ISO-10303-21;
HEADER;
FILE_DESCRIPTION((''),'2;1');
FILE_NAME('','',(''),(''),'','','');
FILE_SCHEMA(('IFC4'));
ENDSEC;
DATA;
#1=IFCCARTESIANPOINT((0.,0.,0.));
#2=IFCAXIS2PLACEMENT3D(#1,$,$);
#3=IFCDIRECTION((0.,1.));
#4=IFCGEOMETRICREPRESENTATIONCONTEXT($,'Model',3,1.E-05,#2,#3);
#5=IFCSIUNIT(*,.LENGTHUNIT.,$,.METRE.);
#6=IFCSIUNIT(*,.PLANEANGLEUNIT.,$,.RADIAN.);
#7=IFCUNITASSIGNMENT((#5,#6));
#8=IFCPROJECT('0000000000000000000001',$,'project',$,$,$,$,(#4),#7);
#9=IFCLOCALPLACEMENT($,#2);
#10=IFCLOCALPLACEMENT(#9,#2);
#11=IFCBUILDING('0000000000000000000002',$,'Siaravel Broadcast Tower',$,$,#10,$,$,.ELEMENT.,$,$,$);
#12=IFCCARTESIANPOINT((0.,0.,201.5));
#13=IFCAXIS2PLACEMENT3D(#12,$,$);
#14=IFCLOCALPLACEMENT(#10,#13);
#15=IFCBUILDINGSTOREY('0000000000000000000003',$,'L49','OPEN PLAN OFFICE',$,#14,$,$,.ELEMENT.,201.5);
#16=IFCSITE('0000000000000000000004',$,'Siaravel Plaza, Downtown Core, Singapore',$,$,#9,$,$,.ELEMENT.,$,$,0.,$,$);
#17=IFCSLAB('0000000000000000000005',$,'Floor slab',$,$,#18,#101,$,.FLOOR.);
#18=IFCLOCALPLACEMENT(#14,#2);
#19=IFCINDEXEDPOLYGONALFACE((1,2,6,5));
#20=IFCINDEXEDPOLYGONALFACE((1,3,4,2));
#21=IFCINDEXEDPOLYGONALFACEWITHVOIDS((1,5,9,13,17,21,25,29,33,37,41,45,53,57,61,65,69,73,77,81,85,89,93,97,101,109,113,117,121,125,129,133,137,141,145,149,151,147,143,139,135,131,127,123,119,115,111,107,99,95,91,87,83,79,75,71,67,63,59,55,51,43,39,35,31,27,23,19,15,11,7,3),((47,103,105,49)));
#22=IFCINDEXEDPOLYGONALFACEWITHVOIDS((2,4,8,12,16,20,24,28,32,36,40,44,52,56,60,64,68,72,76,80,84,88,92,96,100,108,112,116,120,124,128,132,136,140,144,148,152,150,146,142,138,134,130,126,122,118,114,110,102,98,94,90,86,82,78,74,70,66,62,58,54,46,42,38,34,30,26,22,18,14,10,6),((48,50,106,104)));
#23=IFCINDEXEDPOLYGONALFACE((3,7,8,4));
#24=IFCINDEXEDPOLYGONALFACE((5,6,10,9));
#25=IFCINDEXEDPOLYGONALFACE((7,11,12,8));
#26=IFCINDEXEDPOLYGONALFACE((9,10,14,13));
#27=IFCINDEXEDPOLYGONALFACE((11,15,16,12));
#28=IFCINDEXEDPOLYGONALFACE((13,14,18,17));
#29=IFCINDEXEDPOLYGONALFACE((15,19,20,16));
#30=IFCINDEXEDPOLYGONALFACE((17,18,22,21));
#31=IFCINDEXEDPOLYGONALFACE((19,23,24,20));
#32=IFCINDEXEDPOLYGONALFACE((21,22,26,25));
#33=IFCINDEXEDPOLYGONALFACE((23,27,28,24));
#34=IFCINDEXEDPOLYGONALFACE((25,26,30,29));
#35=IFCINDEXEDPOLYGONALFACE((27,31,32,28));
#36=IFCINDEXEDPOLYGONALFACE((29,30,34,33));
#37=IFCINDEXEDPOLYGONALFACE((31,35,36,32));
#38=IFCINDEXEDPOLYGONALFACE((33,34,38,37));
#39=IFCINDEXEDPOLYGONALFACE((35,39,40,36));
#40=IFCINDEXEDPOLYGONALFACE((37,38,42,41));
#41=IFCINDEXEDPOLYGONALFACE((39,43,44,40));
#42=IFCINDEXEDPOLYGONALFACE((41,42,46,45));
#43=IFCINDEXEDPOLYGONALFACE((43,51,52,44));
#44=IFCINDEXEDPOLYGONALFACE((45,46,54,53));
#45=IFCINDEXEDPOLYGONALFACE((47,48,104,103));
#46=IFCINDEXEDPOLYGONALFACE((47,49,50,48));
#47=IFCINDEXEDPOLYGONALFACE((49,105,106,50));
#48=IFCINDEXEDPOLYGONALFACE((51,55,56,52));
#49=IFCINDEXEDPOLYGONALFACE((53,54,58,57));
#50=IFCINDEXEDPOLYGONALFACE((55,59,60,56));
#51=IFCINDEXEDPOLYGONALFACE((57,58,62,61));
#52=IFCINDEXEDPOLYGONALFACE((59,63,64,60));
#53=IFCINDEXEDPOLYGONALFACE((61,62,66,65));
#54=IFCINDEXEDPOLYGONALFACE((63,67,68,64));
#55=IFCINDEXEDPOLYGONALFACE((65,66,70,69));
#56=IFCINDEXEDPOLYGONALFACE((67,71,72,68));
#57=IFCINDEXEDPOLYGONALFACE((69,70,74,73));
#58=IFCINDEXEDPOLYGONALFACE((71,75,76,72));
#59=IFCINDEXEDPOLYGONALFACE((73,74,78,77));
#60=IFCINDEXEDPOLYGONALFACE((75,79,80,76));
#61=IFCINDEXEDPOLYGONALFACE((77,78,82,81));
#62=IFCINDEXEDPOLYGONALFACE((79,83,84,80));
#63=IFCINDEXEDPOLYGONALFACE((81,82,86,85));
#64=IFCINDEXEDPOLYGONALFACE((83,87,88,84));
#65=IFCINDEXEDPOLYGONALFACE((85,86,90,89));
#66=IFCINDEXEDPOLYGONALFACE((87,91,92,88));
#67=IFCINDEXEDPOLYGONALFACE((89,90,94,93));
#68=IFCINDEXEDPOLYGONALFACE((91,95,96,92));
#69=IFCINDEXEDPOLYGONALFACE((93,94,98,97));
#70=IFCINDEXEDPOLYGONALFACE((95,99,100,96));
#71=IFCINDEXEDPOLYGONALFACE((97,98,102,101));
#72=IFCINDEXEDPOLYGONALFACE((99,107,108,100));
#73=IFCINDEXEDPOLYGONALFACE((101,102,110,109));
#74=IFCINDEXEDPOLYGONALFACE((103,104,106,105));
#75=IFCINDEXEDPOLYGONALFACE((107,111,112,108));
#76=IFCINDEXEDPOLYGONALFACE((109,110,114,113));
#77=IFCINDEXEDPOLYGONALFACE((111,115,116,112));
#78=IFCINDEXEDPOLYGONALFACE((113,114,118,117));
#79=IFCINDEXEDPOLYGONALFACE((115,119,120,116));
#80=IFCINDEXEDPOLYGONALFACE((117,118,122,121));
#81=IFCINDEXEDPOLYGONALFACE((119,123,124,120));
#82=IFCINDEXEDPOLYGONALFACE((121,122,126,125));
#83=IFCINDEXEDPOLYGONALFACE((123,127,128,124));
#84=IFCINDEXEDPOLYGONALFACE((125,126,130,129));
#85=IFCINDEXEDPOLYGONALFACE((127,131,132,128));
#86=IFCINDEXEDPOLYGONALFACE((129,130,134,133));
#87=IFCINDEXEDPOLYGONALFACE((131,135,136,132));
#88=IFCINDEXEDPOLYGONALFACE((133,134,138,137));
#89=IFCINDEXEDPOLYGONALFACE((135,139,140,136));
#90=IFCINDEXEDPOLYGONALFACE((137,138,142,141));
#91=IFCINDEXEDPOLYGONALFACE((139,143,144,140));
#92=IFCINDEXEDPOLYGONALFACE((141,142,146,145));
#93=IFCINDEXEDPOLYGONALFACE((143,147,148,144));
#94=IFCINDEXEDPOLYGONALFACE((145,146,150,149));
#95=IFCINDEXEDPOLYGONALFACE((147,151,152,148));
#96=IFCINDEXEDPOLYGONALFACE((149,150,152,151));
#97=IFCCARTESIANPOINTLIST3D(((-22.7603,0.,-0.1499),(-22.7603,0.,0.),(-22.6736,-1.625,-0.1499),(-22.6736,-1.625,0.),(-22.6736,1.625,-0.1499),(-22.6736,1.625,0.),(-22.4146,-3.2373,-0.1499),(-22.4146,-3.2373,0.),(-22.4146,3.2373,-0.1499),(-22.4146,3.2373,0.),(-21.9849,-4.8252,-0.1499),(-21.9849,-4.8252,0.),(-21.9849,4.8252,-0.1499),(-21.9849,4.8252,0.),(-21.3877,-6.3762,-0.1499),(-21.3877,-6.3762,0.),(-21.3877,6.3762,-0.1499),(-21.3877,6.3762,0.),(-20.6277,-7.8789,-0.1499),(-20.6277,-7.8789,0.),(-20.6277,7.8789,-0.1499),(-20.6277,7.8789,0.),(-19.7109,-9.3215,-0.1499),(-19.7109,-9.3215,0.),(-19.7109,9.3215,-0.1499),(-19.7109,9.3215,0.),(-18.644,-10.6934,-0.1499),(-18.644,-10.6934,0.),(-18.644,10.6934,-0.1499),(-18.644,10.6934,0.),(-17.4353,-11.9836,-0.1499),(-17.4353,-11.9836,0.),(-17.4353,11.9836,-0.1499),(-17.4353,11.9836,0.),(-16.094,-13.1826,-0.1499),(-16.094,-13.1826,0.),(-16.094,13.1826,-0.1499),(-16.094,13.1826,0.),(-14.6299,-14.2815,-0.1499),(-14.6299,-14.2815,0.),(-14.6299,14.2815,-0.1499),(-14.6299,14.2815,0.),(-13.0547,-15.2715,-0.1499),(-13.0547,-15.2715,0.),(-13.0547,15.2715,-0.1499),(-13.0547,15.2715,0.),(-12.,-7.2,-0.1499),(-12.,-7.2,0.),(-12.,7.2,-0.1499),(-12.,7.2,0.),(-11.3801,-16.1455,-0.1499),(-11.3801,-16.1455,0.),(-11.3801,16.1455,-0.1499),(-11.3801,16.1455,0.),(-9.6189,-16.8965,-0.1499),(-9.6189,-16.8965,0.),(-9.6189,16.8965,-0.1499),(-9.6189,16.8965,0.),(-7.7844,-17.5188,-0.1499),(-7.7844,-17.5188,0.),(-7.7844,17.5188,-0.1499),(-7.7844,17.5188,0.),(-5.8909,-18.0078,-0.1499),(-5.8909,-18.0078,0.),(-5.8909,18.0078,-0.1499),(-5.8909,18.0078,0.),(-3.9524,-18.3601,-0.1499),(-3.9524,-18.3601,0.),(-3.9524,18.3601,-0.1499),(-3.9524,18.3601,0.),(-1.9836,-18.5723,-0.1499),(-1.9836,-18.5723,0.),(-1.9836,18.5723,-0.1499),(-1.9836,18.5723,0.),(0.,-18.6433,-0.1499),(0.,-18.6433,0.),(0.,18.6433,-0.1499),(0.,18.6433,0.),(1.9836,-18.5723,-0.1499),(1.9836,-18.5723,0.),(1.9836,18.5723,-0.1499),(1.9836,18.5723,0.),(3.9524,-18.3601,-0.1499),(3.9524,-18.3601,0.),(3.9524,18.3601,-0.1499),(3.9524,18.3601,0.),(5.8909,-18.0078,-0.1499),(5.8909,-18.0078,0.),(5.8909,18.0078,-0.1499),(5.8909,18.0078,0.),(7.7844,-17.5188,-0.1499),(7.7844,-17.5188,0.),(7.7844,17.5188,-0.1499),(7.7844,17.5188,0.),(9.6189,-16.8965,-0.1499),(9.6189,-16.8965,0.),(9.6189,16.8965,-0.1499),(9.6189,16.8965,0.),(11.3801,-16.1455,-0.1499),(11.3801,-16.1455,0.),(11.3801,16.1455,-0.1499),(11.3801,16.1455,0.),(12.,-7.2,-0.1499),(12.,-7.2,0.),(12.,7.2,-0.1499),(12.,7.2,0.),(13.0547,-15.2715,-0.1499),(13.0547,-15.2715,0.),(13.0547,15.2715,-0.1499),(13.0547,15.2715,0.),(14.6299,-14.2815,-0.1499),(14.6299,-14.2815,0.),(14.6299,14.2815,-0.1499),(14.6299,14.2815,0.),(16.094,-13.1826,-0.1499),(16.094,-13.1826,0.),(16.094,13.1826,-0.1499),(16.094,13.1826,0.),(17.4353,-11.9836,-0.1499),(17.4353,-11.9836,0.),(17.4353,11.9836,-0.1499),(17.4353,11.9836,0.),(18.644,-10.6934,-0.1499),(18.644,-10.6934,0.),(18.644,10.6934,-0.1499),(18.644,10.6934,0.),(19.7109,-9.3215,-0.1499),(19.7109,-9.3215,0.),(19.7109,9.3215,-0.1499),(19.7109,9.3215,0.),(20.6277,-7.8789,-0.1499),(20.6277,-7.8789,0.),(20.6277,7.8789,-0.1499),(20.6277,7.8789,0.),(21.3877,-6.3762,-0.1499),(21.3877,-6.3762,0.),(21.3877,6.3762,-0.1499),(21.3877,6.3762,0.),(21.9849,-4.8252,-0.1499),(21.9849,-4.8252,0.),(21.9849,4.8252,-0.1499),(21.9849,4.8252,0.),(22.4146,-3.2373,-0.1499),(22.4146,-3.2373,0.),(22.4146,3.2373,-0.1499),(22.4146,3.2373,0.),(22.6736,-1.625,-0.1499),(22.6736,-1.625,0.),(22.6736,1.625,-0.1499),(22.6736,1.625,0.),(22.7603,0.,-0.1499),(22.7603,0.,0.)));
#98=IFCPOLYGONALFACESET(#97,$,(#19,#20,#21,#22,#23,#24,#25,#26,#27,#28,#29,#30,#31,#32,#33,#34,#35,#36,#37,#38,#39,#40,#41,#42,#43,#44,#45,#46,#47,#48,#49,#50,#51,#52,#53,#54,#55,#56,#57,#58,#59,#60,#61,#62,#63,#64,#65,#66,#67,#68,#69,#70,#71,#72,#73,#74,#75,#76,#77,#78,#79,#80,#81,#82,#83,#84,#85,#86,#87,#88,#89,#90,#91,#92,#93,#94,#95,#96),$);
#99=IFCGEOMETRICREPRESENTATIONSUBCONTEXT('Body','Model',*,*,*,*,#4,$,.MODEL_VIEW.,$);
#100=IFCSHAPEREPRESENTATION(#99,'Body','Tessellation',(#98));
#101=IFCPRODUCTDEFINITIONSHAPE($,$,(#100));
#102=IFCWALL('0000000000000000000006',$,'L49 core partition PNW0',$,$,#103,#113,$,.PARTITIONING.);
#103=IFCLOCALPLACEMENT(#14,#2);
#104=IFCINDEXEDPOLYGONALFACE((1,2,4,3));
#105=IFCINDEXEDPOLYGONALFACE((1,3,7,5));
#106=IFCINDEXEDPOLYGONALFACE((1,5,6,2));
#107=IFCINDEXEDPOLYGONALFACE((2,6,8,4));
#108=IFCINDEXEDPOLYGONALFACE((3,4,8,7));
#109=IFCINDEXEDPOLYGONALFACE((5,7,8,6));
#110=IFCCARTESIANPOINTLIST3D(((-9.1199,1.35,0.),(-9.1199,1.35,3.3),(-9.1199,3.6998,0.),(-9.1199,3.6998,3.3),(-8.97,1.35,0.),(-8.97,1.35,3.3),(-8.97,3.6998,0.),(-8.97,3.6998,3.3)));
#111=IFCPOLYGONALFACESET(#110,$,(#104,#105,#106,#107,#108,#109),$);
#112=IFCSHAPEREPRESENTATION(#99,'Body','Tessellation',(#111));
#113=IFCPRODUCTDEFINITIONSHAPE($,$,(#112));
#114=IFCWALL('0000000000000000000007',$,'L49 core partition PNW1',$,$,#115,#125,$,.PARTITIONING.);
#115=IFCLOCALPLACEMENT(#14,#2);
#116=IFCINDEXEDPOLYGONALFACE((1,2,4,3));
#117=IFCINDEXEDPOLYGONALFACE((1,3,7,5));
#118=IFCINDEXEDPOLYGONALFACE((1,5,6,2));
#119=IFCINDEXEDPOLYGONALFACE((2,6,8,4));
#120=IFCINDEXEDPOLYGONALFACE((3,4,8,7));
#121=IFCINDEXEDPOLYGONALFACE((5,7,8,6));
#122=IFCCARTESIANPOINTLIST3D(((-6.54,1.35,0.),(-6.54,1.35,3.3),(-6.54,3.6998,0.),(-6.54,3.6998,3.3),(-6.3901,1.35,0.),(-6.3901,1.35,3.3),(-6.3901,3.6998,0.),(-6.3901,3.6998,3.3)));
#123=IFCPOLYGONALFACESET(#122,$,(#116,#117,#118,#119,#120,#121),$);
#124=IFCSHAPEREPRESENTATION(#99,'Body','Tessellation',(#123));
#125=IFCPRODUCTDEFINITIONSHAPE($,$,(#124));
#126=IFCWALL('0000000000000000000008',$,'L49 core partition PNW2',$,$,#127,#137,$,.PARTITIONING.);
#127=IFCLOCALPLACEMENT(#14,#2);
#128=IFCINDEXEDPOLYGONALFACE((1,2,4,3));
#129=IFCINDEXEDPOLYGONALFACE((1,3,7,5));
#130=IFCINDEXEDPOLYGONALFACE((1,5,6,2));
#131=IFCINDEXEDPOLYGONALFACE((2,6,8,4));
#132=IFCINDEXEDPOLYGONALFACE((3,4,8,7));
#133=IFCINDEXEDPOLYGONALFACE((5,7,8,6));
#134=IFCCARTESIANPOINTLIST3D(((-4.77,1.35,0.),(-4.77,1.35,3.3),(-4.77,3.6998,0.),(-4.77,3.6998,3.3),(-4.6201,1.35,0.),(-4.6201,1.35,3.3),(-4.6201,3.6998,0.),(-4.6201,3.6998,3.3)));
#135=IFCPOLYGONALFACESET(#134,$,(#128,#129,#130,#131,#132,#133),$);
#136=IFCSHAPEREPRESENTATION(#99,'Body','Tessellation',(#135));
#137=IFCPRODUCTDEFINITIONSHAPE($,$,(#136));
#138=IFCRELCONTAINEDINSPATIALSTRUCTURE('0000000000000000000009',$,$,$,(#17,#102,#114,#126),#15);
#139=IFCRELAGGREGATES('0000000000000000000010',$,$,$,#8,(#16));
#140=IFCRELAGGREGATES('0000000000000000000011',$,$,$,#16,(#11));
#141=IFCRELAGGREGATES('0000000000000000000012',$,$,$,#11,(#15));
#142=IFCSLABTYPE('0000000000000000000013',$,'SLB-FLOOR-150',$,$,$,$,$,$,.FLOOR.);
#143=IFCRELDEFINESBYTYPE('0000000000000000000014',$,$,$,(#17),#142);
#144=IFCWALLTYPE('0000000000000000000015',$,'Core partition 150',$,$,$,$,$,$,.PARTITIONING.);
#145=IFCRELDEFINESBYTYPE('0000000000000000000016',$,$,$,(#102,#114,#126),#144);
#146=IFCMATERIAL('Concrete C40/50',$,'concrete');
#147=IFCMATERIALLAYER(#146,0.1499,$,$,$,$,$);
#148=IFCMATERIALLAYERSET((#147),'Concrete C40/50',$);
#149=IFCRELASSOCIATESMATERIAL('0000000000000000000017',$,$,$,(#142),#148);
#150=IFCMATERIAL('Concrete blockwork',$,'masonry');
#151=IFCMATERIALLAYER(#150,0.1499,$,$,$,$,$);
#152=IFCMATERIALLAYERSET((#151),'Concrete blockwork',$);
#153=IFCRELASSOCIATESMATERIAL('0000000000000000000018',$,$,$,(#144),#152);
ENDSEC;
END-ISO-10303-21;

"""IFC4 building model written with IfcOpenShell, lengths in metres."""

from ifc_helpers import new_model, si_unit, direction, frame, frame_2d, origin, place, context, subcontext, project, spatial, polyline, rectangle, outline, extrude, material, layer, layer_set, type_object, element, save


model = new_model("IFC4")

# Units and contexts
model_context = context("Model", 3, precision=1e-05, world=origin(), true_north=direction((0.0, 1.0)))
body_context = subcontext(model_context, "Body", "Model", "MODEL_VIEW")
ifc_project = project(units=[si_unit("LENGTHUNIT", "METRE"), si_unit("PLANEANGLEUNIT", "RADIAN")], contexts=[model_context])

# Site, building, storey
site_placement = place(None, origin())
site = spatial("IfcSite", under=ifc_project, at=site_placement, Name="Siaravel Plaza, Downtown Core, Singapore", CompositionType="ELEMENT", RefElevation=0.0)
building_placement = place(site_placement, origin())
building = spatial("IfcBuilding", under=site, at=building_placement, Name="Siaravel Broadcast Tower", CompositionType="ELEMENT")
storey_placement = place(building_placement, frame((0.0, 0.0, 201.5)))
storey = spatial("IfcBuildingStorey", under=building, at=storey_placement, Name="L49", Description="OPEN PLAN OFFICE", CompositionType="ELEMENT", Elevation=201.5)

# Slab
ifc_material_1 = material(Name="Concrete C40/50", Category="concrete")
ifc_layer_1 = layer(ifc_material_1, 0.1499)
ifc_layer_set_1 = layer_set([ifc_layer_1], Name="Concrete C40/50")
slab_type = type_object("IfcSlabType", Name="SLB-FLOOR-150", PredefinedType="FLOOR", material=ifc_layer_set_1)
slab_placement = place(storey_placement, frame((0.0, 0.0, -0.1499)))
element("IfcSlab", 1, at=slab_placement, inside=storey, type_object=slab_type, Name="Floor slab", PredefinedType="FLOOR", context=body_context, shape_type="SweptSolid", body=[
    extrude(outline(polyline([(22.7603, 0.0), (22.6736, 1.625), (22.4146, 3.2373), (21.9849, 4.8252), (21.3877, 6.3762), (20.6277, 7.8789), (19.7109, 9.3215), (18.644, 10.6934), (17.4353, 11.9836), (16.094, 13.1826), (14.6299, 14.2815), (13.0547, 15.2715), (11.3801, 16.1455), (9.6189, 16.8965), (7.7844, 17.5188), (5.8909, 18.0078), (3.9524, 18.3601), (1.9836, 18.5723), (0.0, 18.6433), (-1.9836, 18.5723), (-3.9524, 18.3601), (-5.8909, 18.0078), (-7.7844, 17.5188), (-9.6189, 16.8965), (-11.3801, 16.1455), (-13.0547, 15.2715), (-14.6299, 14.2815), (-16.094, 13.1826), (-17.4353, 11.9836), (-18.644, 10.6934), (-19.7109, 9.3215), (-20.6277, 7.8789), (-21.3877, 6.3762), (-21.9849, 4.8252), (-22.4146, 3.2373), (-22.6736, 1.625), (-22.7603, 0.0), (-22.6736, -1.625), (-22.4146, -3.2373), (-21.9849, -4.8252), (-21.3877, -6.3762), (-20.6277, -7.8789), (-19.7109, -9.3215), (-18.644, -10.6934), (-17.4353, -11.9836), (-16.094, -13.1826), (-14.6299, -14.2815), (-13.0547, -15.2715), (-11.3801, -16.1455), (-9.6189, -16.8965), (-7.7844, -17.5188), (-5.8909, -18.0078), (-3.9524, -18.3601), (-1.9836, -18.5723), (0.0, -18.6433), (1.9836, -18.5723), (3.9524, -18.3601), (5.8909, -18.0078), (7.7844, -17.5188), (9.6189, -16.8965), (11.3801, -16.1455), (13.0547, -15.2715), (14.6299, -14.2815), (16.094, -13.1826), (17.4353, -11.9836), (18.644, -10.6934), (19.7109, -9.3215), (20.6277, -7.8789), (21.3877, -6.3762), (21.9849, -4.8252), (22.4146, -3.2373), (22.6736, -1.625), (22.7603, 0.0)]), holes=[polyline([(-12.0, 7.2), (12.0, 7.2), (12.0, -7.2), (-12.0, -7.2), (-12.0, 7.2)])]), origin(), (0.0, 0.0, 1.0), 0.1499),
])

# Walls
ifc_material_2 = material(Name="Concrete blockwork", Category="masonry")
ifc_layer_2 = layer(ifc_material_2, 0.1499)
ifc_layer_set_2 = layer_set([ifc_layer_2], Name="Concrete blockwork")
wall_type_1 = type_object("IfcWallType", Name="Core partition 150", PredefinedType="PARTITIONING", material=ifc_layer_set_2)
for number, where, z_axis, x_axis, name in (
    (2, (-9.0449, 1.3501, 0.0), (0.0, 0.0, 1.0), (0.0, 1.0, 0.0), "L49 core partition PNW0"),
    (3, (-6.4651, 1.3501, 0.0), (0.0, 0.0, 1.0), (0.0, 1.0, 0.0), "L49 core partition PNW1"),
    (4, (-4.6951, 1.3501, 0.0), (0.0, 0.0, 1.0), (0.0, 1.0, 0.0), "L49 core partition PNW2"),
):
    element("IfcWall", number, at=place(storey_placement, frame(where, z_axis=z_axis, x_axis=x_axis)), inside=storey, type_object=wall_type_1, Name=name, PredefinedType="PARTITIONING", context=body_context, shape_type="SweptSolid", body=[
        extrude(rectangle(XDim=2.3499, YDim=0.1499, at=frame_2d((1.1748, 0.0))), origin(), (0.0, 0.0, 1.0), 3.3),
    ])

save(model, "model.ifc")
